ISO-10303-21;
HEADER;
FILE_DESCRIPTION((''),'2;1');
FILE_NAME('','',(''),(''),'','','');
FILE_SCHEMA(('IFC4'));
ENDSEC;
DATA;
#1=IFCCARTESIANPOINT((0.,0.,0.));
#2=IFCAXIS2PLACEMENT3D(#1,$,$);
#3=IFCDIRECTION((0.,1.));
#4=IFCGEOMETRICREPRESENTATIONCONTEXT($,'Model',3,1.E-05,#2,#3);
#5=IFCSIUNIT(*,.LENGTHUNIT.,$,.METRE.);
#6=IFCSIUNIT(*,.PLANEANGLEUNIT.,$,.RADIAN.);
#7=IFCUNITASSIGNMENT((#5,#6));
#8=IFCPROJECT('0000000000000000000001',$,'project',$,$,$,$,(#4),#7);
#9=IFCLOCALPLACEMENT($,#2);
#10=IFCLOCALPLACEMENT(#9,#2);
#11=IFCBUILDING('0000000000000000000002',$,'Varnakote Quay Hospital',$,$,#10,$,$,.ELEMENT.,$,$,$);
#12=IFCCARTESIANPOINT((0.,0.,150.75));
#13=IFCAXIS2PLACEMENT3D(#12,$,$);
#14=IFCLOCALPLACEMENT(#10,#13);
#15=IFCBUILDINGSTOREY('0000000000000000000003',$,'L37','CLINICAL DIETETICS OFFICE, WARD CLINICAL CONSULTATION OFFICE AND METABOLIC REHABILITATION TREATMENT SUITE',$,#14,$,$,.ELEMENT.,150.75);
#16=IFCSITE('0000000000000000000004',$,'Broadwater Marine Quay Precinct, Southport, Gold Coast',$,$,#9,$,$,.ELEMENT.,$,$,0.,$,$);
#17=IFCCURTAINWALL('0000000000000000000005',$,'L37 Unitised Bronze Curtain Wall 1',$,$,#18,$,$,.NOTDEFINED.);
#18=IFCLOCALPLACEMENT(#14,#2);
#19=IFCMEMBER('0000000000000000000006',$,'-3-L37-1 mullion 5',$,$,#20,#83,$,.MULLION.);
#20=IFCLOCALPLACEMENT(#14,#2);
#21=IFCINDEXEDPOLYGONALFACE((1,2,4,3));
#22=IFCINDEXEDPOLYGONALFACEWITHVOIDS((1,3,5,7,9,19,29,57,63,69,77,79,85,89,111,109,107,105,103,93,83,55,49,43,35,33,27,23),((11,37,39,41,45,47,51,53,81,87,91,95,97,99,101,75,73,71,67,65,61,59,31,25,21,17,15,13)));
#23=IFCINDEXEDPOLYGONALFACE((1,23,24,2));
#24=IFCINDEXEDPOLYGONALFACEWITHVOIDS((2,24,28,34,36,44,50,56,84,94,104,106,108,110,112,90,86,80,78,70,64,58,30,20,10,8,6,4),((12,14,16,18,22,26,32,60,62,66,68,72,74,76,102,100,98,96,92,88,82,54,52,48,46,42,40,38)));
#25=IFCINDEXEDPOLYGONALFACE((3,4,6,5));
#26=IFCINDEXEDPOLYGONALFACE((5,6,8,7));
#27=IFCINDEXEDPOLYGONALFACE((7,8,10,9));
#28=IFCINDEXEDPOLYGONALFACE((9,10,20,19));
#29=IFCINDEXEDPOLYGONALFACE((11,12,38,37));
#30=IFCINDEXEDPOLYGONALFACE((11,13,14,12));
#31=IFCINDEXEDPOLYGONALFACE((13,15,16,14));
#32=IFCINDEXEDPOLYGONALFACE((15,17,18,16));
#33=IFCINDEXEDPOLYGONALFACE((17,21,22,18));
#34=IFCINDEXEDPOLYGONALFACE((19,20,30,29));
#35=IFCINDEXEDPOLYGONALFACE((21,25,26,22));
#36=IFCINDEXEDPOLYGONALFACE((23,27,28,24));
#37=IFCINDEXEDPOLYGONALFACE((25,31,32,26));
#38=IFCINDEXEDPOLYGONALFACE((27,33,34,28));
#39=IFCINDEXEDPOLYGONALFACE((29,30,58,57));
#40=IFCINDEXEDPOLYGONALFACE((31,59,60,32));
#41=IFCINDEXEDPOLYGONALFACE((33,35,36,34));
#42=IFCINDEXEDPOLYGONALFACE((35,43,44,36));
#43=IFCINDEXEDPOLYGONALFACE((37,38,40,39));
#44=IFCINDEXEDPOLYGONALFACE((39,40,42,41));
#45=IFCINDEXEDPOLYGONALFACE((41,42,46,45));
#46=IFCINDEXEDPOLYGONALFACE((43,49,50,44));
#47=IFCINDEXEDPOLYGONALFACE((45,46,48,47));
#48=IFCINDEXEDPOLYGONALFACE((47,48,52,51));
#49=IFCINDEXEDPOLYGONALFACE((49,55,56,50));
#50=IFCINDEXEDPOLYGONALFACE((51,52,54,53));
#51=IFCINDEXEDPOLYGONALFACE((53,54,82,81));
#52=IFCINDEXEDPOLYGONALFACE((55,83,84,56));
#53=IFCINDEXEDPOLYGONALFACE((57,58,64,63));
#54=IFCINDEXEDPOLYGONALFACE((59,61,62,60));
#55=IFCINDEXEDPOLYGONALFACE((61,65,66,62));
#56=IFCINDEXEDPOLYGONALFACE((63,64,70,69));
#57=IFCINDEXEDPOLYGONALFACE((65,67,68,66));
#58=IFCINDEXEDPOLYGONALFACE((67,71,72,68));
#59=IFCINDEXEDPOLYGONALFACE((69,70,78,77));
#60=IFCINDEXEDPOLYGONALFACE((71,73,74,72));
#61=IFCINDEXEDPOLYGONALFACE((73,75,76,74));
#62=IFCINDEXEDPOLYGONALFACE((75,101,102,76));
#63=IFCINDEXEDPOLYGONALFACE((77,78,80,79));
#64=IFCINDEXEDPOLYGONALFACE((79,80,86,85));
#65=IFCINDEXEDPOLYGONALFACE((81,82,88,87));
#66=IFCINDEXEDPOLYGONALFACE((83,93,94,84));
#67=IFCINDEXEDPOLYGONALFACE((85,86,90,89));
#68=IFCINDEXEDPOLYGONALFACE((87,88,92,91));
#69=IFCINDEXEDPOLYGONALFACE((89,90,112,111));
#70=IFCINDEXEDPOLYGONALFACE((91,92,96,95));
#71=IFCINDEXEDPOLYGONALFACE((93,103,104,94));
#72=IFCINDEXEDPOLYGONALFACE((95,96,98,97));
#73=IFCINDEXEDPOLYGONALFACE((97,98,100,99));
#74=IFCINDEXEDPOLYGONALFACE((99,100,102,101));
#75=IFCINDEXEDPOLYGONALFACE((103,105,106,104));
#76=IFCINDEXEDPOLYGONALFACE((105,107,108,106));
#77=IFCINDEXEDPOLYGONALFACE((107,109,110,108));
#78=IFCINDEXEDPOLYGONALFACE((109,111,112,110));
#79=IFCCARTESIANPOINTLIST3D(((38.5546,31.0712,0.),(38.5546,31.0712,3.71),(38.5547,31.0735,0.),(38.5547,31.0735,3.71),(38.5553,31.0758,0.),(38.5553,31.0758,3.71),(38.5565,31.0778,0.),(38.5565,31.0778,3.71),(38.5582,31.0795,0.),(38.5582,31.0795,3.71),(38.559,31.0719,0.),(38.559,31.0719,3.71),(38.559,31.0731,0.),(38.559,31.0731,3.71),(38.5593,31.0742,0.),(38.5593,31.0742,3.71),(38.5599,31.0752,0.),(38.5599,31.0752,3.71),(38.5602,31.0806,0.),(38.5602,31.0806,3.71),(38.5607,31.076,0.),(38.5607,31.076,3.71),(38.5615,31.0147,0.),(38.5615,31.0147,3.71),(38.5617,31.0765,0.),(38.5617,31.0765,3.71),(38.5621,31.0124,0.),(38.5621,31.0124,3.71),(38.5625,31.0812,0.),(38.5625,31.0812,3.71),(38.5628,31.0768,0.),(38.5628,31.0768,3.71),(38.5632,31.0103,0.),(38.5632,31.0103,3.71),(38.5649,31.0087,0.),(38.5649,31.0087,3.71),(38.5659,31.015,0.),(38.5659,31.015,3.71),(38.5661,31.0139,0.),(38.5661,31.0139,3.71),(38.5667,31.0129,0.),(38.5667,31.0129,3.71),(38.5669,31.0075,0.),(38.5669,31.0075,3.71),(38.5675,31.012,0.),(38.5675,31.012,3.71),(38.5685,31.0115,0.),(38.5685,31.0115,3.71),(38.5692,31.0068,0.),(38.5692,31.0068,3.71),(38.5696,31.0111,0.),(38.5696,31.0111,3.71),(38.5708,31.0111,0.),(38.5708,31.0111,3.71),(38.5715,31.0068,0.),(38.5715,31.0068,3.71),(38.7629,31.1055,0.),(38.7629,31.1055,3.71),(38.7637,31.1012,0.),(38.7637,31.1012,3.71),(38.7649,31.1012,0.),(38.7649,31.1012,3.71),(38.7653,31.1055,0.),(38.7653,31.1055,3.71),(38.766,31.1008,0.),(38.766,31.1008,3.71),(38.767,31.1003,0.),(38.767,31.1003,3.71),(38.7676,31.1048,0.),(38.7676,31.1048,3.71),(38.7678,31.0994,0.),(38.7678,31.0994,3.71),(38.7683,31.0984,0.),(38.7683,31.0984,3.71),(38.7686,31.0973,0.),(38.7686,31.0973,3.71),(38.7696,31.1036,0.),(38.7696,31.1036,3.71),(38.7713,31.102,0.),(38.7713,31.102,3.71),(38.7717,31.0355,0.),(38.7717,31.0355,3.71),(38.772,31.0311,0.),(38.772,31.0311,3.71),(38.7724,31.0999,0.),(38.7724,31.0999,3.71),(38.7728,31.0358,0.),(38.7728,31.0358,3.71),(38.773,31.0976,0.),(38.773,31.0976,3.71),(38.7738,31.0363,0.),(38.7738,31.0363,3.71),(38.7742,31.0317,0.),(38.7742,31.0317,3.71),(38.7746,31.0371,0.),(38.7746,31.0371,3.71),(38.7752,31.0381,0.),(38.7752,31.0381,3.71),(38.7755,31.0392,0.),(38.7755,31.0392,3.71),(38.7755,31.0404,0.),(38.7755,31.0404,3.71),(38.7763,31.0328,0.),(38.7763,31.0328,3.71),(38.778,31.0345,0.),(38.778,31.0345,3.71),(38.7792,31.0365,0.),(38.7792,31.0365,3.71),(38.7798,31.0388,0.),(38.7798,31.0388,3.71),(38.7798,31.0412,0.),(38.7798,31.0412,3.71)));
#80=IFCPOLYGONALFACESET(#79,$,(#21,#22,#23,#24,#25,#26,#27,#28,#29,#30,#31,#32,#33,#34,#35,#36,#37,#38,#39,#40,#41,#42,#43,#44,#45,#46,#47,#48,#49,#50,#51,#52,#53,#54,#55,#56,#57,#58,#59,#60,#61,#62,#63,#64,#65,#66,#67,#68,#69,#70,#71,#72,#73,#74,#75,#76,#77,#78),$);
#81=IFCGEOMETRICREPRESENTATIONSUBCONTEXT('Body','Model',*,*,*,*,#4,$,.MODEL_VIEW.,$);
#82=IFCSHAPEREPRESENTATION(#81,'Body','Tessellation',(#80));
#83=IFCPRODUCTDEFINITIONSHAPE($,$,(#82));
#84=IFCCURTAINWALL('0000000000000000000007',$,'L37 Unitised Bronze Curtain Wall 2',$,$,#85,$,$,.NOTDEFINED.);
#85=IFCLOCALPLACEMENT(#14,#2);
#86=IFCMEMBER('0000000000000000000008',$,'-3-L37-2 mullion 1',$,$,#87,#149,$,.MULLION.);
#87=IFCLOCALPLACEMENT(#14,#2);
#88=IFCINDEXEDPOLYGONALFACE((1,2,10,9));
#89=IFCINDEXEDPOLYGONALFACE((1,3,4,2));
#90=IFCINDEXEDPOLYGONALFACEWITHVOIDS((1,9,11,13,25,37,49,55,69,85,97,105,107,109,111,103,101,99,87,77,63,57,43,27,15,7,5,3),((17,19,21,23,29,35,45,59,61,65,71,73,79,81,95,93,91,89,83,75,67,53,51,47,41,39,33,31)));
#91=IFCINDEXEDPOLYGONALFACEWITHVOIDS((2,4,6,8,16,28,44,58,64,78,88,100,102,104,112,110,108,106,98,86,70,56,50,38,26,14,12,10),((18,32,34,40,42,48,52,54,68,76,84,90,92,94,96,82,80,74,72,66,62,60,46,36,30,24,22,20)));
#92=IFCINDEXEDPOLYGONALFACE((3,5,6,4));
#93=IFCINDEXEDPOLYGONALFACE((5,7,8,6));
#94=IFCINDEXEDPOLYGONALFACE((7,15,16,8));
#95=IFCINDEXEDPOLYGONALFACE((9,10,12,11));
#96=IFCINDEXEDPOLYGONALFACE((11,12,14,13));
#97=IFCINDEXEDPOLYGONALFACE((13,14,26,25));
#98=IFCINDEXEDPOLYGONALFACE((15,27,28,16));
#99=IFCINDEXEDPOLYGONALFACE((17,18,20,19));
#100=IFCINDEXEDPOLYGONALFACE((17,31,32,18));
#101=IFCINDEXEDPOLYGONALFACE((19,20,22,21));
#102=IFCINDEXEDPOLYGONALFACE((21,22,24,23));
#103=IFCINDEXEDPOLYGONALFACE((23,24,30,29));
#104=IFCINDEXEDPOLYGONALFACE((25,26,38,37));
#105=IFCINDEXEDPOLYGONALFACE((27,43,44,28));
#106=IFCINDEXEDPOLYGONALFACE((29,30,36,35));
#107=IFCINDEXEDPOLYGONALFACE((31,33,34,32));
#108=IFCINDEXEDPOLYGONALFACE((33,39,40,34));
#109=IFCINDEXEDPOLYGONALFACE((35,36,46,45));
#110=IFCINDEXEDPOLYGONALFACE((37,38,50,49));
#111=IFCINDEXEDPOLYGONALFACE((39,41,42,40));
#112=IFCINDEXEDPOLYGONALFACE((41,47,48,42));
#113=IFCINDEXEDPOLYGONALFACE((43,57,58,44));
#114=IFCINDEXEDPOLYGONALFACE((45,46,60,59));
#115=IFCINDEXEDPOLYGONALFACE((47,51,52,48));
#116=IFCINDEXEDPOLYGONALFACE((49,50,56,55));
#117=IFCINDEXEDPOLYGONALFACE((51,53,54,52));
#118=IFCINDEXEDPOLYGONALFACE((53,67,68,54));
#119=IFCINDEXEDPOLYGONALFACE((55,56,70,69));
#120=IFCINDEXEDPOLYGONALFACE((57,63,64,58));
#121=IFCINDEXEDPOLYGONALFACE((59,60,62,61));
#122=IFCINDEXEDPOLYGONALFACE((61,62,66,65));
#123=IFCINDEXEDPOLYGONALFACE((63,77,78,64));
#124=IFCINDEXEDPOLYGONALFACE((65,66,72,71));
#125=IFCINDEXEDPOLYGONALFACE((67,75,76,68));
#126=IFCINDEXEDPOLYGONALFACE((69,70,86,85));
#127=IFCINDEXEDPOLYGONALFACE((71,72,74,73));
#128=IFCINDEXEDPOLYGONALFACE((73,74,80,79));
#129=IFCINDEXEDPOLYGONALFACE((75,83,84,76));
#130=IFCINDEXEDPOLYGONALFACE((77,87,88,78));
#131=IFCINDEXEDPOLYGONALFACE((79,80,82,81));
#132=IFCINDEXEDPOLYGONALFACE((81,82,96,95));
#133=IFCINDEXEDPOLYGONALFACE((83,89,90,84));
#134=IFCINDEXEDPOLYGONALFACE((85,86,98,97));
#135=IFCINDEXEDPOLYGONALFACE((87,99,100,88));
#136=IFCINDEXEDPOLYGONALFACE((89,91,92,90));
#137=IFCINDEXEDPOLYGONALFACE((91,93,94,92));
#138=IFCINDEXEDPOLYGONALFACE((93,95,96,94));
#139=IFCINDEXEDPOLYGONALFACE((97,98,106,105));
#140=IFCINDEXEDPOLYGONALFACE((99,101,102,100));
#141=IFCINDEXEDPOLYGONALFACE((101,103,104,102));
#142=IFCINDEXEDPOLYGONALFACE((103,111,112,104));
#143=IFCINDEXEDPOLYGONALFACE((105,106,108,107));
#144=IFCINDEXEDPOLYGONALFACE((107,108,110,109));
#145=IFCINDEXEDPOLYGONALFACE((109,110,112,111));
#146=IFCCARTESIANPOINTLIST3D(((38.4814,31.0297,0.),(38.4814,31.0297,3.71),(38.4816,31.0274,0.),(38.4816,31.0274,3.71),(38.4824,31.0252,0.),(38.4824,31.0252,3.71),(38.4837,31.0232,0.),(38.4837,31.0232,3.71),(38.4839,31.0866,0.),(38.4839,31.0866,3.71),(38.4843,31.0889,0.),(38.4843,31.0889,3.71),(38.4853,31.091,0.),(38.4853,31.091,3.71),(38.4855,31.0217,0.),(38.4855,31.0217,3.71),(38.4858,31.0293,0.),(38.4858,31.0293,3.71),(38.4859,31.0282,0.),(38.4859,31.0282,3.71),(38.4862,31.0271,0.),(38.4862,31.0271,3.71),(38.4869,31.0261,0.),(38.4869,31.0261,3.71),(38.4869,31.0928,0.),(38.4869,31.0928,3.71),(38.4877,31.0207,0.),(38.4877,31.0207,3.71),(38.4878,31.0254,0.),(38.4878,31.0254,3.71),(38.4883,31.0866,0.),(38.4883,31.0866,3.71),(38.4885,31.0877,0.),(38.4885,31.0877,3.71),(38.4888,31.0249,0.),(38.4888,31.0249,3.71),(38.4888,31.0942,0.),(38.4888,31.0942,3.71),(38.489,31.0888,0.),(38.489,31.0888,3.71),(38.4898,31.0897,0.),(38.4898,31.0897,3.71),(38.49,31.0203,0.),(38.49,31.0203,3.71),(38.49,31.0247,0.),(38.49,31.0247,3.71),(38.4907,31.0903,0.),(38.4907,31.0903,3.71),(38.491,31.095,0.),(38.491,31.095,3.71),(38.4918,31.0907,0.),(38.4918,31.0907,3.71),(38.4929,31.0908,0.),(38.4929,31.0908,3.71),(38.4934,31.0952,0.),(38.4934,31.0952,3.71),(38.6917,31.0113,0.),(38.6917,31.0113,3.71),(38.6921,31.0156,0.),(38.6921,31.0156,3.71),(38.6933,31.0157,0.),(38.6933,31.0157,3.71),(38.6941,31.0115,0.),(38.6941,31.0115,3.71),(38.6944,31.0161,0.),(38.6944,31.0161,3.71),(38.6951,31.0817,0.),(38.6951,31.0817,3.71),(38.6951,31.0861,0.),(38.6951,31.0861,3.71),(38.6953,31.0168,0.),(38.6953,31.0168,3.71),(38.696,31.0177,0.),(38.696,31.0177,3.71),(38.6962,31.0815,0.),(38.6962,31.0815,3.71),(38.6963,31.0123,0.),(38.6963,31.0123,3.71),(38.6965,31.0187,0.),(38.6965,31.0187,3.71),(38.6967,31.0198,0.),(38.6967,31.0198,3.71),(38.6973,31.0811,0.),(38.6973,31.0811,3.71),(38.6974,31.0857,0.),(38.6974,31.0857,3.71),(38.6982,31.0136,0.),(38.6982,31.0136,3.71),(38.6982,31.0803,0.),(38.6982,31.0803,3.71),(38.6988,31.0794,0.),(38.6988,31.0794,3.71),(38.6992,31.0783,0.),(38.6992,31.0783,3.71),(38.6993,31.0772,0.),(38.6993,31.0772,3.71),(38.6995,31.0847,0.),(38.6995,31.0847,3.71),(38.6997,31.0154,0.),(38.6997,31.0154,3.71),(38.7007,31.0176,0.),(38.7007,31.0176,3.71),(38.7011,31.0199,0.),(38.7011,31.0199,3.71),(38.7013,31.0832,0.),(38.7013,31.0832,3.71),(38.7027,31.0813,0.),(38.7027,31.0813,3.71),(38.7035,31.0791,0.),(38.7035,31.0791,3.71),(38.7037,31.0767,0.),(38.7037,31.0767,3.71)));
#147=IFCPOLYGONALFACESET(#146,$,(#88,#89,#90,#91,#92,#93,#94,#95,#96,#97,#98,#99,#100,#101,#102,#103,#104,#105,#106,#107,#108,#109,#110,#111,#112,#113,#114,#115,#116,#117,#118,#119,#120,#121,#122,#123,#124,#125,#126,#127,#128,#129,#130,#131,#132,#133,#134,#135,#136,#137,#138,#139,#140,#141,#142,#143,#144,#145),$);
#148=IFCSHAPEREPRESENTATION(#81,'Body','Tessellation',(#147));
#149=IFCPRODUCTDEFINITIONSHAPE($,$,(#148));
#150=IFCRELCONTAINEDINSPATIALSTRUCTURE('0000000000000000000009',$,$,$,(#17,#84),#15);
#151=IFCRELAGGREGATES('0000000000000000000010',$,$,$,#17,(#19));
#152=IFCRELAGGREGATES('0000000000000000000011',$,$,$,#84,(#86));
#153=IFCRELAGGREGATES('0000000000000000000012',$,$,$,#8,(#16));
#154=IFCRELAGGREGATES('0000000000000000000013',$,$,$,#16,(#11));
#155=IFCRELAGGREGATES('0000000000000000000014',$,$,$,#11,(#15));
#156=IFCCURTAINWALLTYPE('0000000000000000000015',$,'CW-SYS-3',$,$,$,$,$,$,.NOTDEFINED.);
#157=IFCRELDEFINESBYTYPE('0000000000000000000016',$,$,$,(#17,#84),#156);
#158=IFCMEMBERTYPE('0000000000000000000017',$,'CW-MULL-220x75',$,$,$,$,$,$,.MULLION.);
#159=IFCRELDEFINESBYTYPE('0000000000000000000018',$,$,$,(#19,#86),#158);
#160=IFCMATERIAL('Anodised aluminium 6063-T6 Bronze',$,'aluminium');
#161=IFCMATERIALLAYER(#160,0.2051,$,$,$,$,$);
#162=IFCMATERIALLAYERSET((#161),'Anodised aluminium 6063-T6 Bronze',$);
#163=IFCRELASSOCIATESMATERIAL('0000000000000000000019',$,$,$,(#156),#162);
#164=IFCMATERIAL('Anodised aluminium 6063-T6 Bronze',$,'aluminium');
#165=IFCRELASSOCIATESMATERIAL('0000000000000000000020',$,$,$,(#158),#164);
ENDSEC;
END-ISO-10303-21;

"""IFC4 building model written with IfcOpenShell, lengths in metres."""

from ifc_helpers import new_model, si_unit, direction, frame, origin, origin_2d, place, context, subcontext, project, spatial, hollow_rectangle, extrude, material, layer, layer_set, material_profile, profile_set, type_object, element, aggregate, save


model = new_model("IFC4")

# Units and contexts
model_context = context("Model", 3, precision=1e-05, world=origin(), true_north=direction((0.0, 1.0)))
body_context = subcontext(model_context, "Body", "Model", "MODEL_VIEW")
ifc_project = project(units=[si_unit("LENGTHUNIT", "METRE"), si_unit("PLANEANGLEUNIT", "RADIAN")], contexts=[model_context])

# Site, building, storey
site_placement = place(None, origin())
site = spatial("IfcSite", under=ifc_project, at=site_placement, Name="Broadwater Marine Quay Precinct, Southport, Gold Coast", CompositionType="ELEMENT", RefElevation=0.0)
building_placement = place(site_placement, origin())
building = spatial("IfcBuilding", under=site, at=building_placement, Name="Varnakote Quay Hospital", CompositionType="ELEMENT")
storey_placement = place(building_placement, frame((0.0, 0.0, 150.75)))
storey = spatial("IfcBuildingStorey", under=building, at=storey_placement, Name="L37", Description="CLINICAL DIETETICS OFFICE, WARD CLINICAL CONSULTATION OFFICE AND METABOLIC REHABILITATION TREATMENT SUITE", CompositionType="ELEMENT", Elevation=150.75)

# Curtain wall, member
ifc_material_1 = material(Name="Anodised aluminium 6063-T6 Bronze", Category="aluminium")
ifc_layer_1 = layer(ifc_material_1, 0.2051)
ifc_layer_set_1 = layer_set([ifc_layer_1], Name="Anodised aluminium 6063-T6 Bronze")
curtain_wall_type = type_object("IfcCurtainWallType", Name="CW-SYS-3", PredefinedType="NOTDEFINED", material=ifc_layer_set_1)
curtain_wall_1_placement = place(storey_placement, origin())
curtain_wall_1 = element("IfcCurtainWall", 1, at=curtain_wall_1_placement, inside=storey, type_object=curtain_wall_type, Name="L37 Unitised Bronze Curtain Wall 1", PredefinedType="NOTDEFINED")
ifc_material_2 = material(Name="Anodised aluminium 6063-T6 Bronze", Category="aluminium")
ifc_material_profile_1 = material_profile(ifc_material_2, hollow_rectangle(XDim=0.075, YDim=0.22, WallThickness=0.0044, InnerFilletRadius=0.0044, OuterFilletRadius=0.009, at=origin_2d()), Name="CW-MULL-220x75")
ifc_profile_set_1 = profile_set([ifc_material_profile_1], Name="Anodised aluminium 6063-T6 Bronze")
member_type_1 = type_object("IfcMemberType", Name="CW-MULL-220x75", PredefinedType="MULLION", material=ifc_profile_set_1)
member_1_placement = place(storey_placement, frame((38.6672, 31.0562, 0.0), z_axis=(0.0, 0.0, 1.0), x_axis=(0.120327, -0.992734, 0.0)))
member_1 = element("IfcMember", 2, at=member_1_placement, type_object=member_type_1, Name="-3-L37-1 mullion 5", PredefinedType="MULLION", context=body_context, shape_type="SweptSolid", body=[
    extrude(hollow_rectangle(XDim=0.075, YDim=0.22, WallThickness=0.0044, InnerFilletRadius=0.0044, OuterFilletRadius=0.009, at=origin_2d()), origin(), (0.0, 0.0, 1.0), 3.71),
])

# Curtain wall, member
curtain_wall_2_placement = place(storey_placement, origin())
curtain_wall_2 = element("IfcCurtainWall", 3, at=curtain_wall_2_placement, inside=storey, type_object=curtain_wall_type, Name="L37 Unitised Bronze Curtain Wall 2", PredefinedType="NOTDEFINED")
member_2_placement = place(storey_placement, frame((38.5925, 31.0532, 0.0), z_axis=(0.0, 0.0, 1.0), x_axis=(-0.044782, -0.998997, 0.0)))
member_2 = element("IfcMember", 4, at=member_2_placement, type_object=member_type_1, Name="-3-L37-2 mullion 1", PredefinedType="MULLION", context=body_context, shape_type="SweptSolid", body=[
    extrude(hollow_rectangle(XDim=0.075, YDim=0.22, WallThickness=0.0044, InnerFilletRadius=0.0044, OuterFilletRadius=0.009, at=origin_2d()), origin(), (0.0, 0.0, 1.0), 3.71),
])

aggregate(curtain_wall_1, [member_1])
aggregate(curtain_wall_2, [member_2])

save(model, "model.ifc")
